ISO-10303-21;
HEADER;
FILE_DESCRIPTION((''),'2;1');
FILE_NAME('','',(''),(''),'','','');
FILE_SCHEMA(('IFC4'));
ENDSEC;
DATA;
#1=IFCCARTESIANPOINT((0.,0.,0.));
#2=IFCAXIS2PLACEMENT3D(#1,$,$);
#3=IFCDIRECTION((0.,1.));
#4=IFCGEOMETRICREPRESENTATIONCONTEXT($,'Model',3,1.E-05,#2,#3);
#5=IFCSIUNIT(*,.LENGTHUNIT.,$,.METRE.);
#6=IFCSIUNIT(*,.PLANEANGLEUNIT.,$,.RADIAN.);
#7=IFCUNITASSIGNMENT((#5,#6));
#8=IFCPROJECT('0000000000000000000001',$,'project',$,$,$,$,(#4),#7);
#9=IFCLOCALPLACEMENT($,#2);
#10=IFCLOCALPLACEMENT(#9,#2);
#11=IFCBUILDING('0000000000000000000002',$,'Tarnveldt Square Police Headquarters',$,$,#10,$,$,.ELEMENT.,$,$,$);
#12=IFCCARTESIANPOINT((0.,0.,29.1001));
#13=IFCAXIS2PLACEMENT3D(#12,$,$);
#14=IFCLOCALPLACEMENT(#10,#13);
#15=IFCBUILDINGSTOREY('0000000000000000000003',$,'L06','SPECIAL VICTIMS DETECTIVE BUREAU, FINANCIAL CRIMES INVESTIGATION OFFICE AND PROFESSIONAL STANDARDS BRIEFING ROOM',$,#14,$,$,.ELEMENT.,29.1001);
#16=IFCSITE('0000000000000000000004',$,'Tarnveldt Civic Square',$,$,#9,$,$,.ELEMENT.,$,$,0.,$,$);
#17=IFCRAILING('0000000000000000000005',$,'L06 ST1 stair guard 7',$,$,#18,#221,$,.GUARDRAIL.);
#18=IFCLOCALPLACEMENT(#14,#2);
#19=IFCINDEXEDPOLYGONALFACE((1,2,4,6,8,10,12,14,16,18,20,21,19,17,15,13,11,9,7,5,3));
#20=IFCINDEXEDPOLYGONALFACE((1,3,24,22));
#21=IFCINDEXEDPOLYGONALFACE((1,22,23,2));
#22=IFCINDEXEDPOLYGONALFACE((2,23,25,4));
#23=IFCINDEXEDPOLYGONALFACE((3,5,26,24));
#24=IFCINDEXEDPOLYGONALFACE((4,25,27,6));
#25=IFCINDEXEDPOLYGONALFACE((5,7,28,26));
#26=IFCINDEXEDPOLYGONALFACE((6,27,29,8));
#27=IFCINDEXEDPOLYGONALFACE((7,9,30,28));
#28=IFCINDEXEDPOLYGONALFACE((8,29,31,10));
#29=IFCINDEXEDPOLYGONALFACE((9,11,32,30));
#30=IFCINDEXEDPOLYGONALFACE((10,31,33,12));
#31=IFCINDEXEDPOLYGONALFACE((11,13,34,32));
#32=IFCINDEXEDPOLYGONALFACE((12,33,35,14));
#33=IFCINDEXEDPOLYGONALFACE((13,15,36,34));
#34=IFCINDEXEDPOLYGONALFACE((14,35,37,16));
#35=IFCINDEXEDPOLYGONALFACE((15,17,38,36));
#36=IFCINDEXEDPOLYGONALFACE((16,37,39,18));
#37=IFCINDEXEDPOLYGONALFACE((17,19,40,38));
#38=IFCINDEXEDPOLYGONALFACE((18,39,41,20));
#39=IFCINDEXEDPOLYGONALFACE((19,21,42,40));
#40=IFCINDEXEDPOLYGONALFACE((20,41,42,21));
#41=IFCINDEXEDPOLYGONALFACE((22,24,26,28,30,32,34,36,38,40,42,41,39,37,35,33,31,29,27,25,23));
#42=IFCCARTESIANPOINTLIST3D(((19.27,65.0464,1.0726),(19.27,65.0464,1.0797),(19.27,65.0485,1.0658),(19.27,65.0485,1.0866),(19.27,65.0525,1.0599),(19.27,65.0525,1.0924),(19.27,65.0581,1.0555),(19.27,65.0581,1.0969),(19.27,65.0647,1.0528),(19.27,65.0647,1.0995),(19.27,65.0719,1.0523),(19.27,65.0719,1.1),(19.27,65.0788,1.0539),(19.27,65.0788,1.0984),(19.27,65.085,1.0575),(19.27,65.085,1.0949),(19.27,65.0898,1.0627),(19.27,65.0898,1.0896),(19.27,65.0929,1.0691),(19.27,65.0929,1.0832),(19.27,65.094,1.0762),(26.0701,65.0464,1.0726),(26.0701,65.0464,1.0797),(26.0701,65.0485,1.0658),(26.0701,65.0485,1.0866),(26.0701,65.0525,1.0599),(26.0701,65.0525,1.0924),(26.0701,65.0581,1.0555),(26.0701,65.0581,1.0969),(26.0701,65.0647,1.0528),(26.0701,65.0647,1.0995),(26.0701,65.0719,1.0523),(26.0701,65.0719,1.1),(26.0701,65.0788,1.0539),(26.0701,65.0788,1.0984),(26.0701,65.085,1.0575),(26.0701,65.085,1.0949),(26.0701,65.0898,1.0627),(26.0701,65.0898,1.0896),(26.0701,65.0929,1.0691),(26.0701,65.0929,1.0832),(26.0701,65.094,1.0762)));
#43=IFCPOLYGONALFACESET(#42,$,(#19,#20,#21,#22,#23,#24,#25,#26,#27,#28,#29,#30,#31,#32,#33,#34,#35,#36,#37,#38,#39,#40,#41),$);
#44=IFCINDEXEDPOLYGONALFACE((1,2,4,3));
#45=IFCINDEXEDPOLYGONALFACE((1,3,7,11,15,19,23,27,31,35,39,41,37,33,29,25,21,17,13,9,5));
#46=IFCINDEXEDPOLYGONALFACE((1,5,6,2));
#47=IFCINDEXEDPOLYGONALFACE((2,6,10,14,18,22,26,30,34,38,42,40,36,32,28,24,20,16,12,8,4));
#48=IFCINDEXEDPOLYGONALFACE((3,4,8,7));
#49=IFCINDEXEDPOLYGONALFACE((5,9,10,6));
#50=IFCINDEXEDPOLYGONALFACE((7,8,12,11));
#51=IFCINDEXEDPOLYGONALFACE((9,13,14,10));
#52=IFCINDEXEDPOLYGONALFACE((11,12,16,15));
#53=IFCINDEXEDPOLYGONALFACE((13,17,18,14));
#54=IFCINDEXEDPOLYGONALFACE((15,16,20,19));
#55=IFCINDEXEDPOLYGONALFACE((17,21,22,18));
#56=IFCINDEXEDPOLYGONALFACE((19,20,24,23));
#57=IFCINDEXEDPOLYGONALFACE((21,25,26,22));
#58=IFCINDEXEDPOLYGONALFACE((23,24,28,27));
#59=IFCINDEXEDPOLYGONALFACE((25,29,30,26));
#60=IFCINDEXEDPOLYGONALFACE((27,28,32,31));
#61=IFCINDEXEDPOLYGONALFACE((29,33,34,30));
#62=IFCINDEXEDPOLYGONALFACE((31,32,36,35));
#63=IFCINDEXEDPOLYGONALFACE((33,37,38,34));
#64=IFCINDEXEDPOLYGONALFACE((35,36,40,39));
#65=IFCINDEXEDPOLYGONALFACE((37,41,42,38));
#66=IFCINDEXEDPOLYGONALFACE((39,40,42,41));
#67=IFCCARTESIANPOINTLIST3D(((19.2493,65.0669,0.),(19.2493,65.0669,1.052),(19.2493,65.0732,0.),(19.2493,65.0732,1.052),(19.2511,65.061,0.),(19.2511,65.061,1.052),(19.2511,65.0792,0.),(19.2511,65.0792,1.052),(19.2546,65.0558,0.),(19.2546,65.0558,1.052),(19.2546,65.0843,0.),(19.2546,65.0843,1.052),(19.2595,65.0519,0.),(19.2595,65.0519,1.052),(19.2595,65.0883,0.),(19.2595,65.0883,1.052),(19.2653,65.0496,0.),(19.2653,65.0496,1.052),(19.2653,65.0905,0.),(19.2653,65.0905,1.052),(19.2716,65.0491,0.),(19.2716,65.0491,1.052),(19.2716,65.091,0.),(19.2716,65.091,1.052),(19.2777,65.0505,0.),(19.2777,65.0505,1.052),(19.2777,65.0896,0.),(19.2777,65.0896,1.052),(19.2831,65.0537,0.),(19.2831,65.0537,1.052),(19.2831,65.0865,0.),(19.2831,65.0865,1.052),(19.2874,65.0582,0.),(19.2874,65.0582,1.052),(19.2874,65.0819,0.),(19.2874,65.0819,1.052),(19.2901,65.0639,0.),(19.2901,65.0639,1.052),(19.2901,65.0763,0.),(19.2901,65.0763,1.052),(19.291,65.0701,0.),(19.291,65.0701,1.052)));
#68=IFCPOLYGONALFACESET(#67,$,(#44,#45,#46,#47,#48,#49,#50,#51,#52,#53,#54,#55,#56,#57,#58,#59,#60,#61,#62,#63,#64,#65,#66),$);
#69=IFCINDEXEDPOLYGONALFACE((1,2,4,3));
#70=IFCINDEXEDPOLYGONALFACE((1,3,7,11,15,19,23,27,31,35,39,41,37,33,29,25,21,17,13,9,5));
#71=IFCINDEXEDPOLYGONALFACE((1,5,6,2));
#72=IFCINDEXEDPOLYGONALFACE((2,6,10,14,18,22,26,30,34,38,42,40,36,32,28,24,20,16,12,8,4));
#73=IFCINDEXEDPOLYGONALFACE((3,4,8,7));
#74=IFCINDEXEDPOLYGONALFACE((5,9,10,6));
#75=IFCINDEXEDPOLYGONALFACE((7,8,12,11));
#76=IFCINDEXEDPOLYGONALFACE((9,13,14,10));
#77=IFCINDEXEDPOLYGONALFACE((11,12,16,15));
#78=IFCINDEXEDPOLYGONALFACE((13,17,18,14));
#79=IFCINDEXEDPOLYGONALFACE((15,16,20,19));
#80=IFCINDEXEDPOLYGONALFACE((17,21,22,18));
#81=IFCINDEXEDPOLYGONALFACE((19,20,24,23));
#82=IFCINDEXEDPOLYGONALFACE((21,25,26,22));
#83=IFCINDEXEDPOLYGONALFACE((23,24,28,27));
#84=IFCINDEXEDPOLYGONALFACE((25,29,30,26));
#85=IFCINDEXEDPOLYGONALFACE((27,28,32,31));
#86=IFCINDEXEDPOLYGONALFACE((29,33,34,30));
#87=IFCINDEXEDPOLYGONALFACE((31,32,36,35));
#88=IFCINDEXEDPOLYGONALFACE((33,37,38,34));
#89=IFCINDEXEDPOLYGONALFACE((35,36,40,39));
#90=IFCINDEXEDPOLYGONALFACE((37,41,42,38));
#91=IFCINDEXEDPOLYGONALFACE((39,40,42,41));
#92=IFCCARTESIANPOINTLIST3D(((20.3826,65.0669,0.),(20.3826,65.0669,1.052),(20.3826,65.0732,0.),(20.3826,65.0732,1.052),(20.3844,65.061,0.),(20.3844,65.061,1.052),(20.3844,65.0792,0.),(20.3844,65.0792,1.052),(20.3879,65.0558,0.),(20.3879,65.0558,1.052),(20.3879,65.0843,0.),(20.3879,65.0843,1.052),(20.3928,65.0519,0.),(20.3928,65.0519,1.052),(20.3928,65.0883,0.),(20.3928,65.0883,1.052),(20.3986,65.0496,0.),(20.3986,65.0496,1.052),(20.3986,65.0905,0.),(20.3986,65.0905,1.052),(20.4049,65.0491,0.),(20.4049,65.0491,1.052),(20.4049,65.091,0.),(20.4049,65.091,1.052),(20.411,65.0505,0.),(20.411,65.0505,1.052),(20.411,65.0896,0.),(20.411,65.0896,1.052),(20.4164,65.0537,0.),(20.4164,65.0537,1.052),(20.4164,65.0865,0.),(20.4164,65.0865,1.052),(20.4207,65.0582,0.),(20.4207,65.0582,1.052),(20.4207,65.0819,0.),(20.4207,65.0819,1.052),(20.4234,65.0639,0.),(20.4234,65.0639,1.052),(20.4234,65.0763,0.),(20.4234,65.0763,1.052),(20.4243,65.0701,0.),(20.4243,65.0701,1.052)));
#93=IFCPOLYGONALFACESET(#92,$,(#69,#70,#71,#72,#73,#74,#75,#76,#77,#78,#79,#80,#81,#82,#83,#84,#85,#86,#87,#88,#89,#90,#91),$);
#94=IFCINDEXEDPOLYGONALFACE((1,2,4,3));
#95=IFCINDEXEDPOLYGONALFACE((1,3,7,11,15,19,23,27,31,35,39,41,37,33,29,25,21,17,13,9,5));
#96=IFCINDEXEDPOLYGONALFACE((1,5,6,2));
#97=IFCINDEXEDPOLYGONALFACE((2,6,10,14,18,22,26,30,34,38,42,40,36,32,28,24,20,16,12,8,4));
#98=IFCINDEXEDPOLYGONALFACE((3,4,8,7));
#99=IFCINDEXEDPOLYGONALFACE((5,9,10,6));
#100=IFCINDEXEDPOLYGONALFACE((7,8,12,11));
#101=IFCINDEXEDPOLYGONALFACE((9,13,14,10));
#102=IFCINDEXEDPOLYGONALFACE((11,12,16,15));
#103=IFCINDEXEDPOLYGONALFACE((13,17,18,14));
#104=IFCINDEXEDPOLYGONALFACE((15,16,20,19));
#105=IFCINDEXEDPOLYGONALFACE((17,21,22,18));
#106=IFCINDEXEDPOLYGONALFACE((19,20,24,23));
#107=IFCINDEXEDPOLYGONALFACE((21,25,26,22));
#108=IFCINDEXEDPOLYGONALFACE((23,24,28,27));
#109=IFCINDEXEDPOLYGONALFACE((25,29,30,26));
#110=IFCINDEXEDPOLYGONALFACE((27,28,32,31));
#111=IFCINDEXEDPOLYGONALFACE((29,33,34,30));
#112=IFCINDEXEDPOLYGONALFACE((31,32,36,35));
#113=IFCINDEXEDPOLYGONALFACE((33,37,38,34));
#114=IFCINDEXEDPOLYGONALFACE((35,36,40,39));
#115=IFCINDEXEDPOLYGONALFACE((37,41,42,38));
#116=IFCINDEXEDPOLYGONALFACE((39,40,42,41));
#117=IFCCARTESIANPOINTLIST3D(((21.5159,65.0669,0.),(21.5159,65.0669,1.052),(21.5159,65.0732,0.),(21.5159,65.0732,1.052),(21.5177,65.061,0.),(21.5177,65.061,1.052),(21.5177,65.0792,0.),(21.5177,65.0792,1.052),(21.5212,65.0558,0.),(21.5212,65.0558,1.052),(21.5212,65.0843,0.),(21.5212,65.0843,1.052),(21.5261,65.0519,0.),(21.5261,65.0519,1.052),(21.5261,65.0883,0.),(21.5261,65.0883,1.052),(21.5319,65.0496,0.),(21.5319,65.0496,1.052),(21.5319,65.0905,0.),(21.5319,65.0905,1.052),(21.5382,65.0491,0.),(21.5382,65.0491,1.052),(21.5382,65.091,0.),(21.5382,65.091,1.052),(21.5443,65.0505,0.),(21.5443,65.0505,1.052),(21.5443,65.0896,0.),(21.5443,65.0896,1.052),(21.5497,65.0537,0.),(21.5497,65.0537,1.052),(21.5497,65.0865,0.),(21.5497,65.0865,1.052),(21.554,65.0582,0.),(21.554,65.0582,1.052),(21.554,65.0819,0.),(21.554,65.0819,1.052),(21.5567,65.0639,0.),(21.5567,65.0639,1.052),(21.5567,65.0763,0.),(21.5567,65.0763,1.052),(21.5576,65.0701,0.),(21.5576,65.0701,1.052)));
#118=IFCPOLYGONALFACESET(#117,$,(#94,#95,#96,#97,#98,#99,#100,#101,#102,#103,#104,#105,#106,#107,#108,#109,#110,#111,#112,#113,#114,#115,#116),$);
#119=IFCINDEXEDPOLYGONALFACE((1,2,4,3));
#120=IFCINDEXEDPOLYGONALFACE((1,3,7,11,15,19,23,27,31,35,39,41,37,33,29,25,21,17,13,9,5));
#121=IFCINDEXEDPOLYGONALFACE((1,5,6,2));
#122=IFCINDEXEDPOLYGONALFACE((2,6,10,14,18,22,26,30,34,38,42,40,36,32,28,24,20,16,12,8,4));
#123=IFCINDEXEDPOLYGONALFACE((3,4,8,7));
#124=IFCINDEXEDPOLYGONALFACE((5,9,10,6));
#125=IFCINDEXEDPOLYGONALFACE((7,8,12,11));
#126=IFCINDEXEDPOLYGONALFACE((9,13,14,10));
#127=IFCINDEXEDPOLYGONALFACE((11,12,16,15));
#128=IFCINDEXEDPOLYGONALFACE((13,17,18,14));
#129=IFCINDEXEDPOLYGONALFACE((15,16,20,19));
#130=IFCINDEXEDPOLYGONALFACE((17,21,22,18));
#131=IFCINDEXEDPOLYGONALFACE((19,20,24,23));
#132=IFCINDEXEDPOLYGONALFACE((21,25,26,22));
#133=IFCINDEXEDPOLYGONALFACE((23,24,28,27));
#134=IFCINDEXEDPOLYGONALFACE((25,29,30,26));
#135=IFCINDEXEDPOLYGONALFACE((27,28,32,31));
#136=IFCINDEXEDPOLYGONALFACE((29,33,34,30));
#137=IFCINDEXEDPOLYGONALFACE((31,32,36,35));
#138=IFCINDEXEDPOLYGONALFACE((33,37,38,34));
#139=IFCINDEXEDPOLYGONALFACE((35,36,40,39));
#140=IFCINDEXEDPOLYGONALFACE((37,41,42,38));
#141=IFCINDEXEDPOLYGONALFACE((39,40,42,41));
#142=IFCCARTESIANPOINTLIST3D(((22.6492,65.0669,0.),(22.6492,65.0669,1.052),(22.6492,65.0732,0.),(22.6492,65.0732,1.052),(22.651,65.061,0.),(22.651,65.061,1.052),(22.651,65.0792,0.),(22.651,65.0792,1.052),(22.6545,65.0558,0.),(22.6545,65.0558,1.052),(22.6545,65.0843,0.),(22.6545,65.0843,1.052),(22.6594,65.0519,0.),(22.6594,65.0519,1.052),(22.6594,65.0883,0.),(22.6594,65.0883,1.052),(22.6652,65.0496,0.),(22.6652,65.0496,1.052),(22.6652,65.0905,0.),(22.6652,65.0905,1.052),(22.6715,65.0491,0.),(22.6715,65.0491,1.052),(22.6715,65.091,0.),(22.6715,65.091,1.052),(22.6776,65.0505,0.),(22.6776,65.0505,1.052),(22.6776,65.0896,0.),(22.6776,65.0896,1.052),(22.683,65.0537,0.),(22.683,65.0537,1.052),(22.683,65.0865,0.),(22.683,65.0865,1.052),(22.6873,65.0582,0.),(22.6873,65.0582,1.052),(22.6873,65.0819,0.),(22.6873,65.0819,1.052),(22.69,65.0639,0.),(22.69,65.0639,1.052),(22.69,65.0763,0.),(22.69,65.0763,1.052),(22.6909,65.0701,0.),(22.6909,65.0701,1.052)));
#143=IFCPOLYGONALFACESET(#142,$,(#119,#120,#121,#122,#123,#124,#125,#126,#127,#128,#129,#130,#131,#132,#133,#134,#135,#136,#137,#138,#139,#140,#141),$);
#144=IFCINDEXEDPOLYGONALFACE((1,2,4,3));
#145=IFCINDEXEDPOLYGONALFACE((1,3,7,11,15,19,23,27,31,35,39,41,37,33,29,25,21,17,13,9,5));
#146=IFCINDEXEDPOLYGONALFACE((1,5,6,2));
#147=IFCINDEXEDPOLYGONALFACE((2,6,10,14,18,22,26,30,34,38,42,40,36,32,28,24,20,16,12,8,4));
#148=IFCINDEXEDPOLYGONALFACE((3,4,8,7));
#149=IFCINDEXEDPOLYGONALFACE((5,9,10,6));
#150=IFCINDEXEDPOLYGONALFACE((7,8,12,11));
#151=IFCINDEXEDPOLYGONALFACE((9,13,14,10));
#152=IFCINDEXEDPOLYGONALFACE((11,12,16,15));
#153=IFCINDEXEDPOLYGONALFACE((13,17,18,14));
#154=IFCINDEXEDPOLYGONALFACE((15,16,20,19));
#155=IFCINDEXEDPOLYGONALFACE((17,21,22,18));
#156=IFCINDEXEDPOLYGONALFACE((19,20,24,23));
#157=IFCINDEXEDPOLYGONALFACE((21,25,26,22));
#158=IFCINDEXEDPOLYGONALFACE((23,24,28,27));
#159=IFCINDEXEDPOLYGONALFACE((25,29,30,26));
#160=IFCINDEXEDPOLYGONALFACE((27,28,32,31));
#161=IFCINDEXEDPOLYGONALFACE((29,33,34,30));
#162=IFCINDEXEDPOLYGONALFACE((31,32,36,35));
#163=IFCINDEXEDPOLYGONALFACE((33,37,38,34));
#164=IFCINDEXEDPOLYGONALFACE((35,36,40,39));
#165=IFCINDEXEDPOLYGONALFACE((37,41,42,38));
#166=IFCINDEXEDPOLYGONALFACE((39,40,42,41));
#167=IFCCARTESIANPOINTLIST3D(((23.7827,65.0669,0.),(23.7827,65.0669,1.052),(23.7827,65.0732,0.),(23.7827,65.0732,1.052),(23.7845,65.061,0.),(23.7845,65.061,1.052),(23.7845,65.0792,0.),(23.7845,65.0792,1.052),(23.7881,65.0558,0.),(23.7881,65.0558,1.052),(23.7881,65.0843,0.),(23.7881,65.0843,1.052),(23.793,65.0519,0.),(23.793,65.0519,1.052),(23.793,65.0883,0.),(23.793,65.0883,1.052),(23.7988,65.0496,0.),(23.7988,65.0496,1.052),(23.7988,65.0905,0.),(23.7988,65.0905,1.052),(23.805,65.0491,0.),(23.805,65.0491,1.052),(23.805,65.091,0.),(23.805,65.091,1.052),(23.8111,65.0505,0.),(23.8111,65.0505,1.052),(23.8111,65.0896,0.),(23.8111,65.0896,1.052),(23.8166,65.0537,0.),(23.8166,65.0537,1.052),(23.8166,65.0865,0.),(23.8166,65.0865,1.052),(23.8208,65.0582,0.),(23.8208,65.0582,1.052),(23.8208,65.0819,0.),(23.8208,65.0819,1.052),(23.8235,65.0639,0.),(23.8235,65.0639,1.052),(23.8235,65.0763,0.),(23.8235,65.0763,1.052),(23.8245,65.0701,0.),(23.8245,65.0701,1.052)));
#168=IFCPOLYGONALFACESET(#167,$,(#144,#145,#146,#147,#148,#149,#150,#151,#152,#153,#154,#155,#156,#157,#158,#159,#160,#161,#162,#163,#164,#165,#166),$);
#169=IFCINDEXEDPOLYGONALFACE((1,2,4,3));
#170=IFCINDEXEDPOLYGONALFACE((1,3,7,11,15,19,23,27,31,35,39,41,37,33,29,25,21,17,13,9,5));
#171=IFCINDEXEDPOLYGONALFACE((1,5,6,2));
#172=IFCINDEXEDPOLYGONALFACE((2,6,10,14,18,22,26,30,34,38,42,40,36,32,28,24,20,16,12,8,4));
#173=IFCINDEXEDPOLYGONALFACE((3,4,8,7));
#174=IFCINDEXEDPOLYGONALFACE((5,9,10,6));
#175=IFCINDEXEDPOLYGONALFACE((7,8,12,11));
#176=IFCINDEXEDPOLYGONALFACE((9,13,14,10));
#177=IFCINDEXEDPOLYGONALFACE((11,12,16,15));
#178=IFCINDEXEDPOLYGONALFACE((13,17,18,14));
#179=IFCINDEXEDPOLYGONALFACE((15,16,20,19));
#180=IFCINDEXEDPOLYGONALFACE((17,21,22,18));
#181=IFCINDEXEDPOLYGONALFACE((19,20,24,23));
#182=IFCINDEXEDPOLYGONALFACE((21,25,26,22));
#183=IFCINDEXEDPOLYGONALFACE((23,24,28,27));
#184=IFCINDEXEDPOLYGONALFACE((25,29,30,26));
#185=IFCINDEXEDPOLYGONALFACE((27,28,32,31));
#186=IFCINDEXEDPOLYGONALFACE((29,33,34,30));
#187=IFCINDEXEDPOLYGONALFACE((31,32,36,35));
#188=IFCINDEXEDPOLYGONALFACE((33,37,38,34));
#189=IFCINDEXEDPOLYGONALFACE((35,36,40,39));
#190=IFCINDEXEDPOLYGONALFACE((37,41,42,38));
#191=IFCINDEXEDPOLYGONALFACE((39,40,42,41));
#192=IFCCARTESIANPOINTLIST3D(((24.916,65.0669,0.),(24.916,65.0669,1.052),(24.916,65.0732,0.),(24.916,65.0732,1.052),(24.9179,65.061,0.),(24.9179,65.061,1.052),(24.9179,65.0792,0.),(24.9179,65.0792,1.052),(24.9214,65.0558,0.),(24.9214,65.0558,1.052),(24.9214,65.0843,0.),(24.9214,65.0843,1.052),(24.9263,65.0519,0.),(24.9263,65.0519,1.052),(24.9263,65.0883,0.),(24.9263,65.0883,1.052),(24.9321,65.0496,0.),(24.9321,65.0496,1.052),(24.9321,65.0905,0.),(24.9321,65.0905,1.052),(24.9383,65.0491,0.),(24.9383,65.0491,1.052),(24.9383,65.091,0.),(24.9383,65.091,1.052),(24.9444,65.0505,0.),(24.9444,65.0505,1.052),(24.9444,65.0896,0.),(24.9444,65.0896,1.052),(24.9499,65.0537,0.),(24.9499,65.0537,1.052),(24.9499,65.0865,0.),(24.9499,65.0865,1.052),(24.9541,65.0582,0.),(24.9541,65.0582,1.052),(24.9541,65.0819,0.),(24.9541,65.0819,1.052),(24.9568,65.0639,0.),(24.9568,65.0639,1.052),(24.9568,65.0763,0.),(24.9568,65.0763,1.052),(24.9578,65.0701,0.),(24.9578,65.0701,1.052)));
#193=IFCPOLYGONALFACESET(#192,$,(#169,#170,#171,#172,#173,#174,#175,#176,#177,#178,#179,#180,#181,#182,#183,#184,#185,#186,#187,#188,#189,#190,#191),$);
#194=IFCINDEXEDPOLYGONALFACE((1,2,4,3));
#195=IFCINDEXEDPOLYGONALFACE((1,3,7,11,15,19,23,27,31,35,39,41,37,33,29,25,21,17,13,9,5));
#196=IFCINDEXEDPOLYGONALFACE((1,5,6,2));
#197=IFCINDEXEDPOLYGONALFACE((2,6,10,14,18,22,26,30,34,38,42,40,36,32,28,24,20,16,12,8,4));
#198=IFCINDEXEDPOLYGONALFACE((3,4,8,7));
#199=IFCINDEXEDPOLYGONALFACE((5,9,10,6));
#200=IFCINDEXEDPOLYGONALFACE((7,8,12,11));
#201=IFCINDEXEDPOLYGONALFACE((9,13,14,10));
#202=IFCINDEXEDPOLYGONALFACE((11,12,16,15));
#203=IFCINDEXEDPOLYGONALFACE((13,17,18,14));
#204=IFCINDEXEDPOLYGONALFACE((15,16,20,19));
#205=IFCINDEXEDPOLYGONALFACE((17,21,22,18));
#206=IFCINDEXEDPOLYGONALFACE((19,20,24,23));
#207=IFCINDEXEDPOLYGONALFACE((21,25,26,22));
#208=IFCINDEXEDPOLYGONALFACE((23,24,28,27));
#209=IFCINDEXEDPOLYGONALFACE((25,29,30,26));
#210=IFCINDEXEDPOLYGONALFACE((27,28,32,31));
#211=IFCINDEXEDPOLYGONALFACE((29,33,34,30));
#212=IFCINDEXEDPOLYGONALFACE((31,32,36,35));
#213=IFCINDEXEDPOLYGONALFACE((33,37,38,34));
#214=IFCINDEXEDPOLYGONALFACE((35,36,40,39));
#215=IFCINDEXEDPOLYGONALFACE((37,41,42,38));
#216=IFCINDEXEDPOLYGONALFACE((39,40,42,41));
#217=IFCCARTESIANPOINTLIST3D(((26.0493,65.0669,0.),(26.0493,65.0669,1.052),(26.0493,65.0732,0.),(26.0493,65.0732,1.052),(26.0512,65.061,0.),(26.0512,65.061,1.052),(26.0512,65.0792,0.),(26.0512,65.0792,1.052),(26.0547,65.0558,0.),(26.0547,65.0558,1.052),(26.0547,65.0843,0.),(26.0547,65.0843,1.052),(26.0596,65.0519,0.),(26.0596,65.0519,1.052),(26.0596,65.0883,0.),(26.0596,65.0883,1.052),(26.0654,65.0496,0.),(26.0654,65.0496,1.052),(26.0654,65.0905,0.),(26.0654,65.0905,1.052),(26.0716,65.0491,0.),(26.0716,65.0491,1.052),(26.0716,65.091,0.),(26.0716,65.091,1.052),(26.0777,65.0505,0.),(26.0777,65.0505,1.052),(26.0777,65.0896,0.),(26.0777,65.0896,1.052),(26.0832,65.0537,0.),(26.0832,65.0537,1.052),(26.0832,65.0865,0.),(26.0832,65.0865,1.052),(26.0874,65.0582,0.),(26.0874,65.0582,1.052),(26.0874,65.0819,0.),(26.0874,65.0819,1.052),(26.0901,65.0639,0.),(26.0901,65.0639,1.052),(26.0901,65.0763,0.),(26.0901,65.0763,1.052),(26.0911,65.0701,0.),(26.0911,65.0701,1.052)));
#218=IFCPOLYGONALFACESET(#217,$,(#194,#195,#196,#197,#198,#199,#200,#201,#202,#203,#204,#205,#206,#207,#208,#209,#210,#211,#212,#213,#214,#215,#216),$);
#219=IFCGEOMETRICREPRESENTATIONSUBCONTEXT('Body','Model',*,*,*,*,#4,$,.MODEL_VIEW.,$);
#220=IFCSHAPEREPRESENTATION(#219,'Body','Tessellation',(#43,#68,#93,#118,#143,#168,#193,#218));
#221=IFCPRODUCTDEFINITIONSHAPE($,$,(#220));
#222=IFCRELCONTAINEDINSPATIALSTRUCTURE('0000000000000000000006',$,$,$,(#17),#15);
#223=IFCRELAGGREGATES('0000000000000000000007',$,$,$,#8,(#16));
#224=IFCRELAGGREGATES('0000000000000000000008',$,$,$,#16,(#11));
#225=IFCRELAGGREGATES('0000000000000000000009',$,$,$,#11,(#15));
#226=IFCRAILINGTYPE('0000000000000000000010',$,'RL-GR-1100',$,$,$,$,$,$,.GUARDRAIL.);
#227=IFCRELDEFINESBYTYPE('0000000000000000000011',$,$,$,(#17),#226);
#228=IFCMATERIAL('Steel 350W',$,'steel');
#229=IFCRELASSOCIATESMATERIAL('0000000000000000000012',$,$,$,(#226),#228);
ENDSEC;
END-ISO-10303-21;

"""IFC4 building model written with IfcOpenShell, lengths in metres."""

from ifc_helpers import new_model, si_unit, direction, frame, origin, origin_2d, place, context, subcontext, project, spatial, circle, extrude, material, type_object, element, save


model = new_model("IFC4")

# Units and contexts
model_context = context("Model", 3, precision=1e-05, world=origin(), true_north=direction((0.0, 1.0)))
body_context = subcontext(model_context, "Body", "Model", "MODEL_VIEW")
ifc_project = project(units=[si_unit("LENGTHUNIT", "METRE"), si_unit("PLANEANGLEUNIT", "RADIAN")], contexts=[model_context])

# Site, building, storey
site_placement = place(None, origin())
site = spatial("IfcSite", under=ifc_project, at=site_placement, Name="Tarnveldt Civic Square", CompositionType="ELEMENT", RefElevation=0.0)
building_placement = place(site_placement, origin())
building = spatial("IfcBuilding", under=site, at=building_placement, Name="Tarnveldt Square Police Headquarters", CompositionType="ELEMENT")
storey_placement = place(building_placement, frame((0.0, 0.0, 29.1001)))
storey = spatial("IfcBuildingStorey", under=building, at=storey_placement, Name="L06", Description="SPECIAL VICTIMS DETECTIVE BUREAU, FINANCIAL CRIMES INVESTIGATION OFFICE AND PROFESSIONAL STANDARDS BRIEFING ROOM", CompositionType="ELEMENT", Elevation=29.1001)

# Shared definitions
ifc_material_1 = material(Name="Steel 350W", Category="steel")

# Railing
railing_type_1 = type_object("IfcRailingType", Name="RL-GR-1100", PredefinedType="GUARDRAIL", material=ifc_material_1)
railing_1_placement = place(storey_placement, frame((19.27, 65.0701, 0.0)))
element("IfcRailing", 1, at=railing_1_placement, inside=storey, type_object=railing_type_1, Name="L06 ST1 stair guard 7", PredefinedType="GUARDRAIL", context=body_context, shape_type="SweptSolid", body=[
    extrude(circle(Radius=0.0239, at=origin_2d()), frame((0.0, 0.0, 1.0762), z_axis=(1.0, 0.0, 0.0), x_axis=(0.0, 1.0, 0.0)), (0.0, 0.0, 1.0), 6.8),
    extrude(circle(Radius=0.021, at=origin_2d()), origin(), (0.0, 0.0, 1.0), 1.052),
    extrude(circle(Radius=0.021, at=origin_2d()), frame((1.1333, 0.0, 0.0)), (0.0, 0.0, 1.0), 1.052),
    extrude(circle(Radius=0.021, at=origin_2d()), frame((2.2666, 0.0, 0.0)), (0.0, 0.0, 1.0), 1.052),
    extrude(circle(Radius=0.021, at=origin_2d()), frame((3.3999, 0.0, 0.0)), (0.0, 0.0, 1.0), 1.052),
    extrude(circle(Radius=0.021, at=origin_2d()), frame((4.5334, 0.0, 0.0)), (0.0, 0.0, 1.0), 1.052),
    extrude(circle(Radius=0.021, at=origin_2d()), frame((5.6667, 0.0, 0.0)), (0.0, 0.0, 1.0), 1.052),
    extrude(circle(Radius=0.021, at=origin_2d()), frame((6.8, 0.0, 0.0)), (0.0, 0.0, 1.0), 1.052),
])

save(model, "model.ifc")
